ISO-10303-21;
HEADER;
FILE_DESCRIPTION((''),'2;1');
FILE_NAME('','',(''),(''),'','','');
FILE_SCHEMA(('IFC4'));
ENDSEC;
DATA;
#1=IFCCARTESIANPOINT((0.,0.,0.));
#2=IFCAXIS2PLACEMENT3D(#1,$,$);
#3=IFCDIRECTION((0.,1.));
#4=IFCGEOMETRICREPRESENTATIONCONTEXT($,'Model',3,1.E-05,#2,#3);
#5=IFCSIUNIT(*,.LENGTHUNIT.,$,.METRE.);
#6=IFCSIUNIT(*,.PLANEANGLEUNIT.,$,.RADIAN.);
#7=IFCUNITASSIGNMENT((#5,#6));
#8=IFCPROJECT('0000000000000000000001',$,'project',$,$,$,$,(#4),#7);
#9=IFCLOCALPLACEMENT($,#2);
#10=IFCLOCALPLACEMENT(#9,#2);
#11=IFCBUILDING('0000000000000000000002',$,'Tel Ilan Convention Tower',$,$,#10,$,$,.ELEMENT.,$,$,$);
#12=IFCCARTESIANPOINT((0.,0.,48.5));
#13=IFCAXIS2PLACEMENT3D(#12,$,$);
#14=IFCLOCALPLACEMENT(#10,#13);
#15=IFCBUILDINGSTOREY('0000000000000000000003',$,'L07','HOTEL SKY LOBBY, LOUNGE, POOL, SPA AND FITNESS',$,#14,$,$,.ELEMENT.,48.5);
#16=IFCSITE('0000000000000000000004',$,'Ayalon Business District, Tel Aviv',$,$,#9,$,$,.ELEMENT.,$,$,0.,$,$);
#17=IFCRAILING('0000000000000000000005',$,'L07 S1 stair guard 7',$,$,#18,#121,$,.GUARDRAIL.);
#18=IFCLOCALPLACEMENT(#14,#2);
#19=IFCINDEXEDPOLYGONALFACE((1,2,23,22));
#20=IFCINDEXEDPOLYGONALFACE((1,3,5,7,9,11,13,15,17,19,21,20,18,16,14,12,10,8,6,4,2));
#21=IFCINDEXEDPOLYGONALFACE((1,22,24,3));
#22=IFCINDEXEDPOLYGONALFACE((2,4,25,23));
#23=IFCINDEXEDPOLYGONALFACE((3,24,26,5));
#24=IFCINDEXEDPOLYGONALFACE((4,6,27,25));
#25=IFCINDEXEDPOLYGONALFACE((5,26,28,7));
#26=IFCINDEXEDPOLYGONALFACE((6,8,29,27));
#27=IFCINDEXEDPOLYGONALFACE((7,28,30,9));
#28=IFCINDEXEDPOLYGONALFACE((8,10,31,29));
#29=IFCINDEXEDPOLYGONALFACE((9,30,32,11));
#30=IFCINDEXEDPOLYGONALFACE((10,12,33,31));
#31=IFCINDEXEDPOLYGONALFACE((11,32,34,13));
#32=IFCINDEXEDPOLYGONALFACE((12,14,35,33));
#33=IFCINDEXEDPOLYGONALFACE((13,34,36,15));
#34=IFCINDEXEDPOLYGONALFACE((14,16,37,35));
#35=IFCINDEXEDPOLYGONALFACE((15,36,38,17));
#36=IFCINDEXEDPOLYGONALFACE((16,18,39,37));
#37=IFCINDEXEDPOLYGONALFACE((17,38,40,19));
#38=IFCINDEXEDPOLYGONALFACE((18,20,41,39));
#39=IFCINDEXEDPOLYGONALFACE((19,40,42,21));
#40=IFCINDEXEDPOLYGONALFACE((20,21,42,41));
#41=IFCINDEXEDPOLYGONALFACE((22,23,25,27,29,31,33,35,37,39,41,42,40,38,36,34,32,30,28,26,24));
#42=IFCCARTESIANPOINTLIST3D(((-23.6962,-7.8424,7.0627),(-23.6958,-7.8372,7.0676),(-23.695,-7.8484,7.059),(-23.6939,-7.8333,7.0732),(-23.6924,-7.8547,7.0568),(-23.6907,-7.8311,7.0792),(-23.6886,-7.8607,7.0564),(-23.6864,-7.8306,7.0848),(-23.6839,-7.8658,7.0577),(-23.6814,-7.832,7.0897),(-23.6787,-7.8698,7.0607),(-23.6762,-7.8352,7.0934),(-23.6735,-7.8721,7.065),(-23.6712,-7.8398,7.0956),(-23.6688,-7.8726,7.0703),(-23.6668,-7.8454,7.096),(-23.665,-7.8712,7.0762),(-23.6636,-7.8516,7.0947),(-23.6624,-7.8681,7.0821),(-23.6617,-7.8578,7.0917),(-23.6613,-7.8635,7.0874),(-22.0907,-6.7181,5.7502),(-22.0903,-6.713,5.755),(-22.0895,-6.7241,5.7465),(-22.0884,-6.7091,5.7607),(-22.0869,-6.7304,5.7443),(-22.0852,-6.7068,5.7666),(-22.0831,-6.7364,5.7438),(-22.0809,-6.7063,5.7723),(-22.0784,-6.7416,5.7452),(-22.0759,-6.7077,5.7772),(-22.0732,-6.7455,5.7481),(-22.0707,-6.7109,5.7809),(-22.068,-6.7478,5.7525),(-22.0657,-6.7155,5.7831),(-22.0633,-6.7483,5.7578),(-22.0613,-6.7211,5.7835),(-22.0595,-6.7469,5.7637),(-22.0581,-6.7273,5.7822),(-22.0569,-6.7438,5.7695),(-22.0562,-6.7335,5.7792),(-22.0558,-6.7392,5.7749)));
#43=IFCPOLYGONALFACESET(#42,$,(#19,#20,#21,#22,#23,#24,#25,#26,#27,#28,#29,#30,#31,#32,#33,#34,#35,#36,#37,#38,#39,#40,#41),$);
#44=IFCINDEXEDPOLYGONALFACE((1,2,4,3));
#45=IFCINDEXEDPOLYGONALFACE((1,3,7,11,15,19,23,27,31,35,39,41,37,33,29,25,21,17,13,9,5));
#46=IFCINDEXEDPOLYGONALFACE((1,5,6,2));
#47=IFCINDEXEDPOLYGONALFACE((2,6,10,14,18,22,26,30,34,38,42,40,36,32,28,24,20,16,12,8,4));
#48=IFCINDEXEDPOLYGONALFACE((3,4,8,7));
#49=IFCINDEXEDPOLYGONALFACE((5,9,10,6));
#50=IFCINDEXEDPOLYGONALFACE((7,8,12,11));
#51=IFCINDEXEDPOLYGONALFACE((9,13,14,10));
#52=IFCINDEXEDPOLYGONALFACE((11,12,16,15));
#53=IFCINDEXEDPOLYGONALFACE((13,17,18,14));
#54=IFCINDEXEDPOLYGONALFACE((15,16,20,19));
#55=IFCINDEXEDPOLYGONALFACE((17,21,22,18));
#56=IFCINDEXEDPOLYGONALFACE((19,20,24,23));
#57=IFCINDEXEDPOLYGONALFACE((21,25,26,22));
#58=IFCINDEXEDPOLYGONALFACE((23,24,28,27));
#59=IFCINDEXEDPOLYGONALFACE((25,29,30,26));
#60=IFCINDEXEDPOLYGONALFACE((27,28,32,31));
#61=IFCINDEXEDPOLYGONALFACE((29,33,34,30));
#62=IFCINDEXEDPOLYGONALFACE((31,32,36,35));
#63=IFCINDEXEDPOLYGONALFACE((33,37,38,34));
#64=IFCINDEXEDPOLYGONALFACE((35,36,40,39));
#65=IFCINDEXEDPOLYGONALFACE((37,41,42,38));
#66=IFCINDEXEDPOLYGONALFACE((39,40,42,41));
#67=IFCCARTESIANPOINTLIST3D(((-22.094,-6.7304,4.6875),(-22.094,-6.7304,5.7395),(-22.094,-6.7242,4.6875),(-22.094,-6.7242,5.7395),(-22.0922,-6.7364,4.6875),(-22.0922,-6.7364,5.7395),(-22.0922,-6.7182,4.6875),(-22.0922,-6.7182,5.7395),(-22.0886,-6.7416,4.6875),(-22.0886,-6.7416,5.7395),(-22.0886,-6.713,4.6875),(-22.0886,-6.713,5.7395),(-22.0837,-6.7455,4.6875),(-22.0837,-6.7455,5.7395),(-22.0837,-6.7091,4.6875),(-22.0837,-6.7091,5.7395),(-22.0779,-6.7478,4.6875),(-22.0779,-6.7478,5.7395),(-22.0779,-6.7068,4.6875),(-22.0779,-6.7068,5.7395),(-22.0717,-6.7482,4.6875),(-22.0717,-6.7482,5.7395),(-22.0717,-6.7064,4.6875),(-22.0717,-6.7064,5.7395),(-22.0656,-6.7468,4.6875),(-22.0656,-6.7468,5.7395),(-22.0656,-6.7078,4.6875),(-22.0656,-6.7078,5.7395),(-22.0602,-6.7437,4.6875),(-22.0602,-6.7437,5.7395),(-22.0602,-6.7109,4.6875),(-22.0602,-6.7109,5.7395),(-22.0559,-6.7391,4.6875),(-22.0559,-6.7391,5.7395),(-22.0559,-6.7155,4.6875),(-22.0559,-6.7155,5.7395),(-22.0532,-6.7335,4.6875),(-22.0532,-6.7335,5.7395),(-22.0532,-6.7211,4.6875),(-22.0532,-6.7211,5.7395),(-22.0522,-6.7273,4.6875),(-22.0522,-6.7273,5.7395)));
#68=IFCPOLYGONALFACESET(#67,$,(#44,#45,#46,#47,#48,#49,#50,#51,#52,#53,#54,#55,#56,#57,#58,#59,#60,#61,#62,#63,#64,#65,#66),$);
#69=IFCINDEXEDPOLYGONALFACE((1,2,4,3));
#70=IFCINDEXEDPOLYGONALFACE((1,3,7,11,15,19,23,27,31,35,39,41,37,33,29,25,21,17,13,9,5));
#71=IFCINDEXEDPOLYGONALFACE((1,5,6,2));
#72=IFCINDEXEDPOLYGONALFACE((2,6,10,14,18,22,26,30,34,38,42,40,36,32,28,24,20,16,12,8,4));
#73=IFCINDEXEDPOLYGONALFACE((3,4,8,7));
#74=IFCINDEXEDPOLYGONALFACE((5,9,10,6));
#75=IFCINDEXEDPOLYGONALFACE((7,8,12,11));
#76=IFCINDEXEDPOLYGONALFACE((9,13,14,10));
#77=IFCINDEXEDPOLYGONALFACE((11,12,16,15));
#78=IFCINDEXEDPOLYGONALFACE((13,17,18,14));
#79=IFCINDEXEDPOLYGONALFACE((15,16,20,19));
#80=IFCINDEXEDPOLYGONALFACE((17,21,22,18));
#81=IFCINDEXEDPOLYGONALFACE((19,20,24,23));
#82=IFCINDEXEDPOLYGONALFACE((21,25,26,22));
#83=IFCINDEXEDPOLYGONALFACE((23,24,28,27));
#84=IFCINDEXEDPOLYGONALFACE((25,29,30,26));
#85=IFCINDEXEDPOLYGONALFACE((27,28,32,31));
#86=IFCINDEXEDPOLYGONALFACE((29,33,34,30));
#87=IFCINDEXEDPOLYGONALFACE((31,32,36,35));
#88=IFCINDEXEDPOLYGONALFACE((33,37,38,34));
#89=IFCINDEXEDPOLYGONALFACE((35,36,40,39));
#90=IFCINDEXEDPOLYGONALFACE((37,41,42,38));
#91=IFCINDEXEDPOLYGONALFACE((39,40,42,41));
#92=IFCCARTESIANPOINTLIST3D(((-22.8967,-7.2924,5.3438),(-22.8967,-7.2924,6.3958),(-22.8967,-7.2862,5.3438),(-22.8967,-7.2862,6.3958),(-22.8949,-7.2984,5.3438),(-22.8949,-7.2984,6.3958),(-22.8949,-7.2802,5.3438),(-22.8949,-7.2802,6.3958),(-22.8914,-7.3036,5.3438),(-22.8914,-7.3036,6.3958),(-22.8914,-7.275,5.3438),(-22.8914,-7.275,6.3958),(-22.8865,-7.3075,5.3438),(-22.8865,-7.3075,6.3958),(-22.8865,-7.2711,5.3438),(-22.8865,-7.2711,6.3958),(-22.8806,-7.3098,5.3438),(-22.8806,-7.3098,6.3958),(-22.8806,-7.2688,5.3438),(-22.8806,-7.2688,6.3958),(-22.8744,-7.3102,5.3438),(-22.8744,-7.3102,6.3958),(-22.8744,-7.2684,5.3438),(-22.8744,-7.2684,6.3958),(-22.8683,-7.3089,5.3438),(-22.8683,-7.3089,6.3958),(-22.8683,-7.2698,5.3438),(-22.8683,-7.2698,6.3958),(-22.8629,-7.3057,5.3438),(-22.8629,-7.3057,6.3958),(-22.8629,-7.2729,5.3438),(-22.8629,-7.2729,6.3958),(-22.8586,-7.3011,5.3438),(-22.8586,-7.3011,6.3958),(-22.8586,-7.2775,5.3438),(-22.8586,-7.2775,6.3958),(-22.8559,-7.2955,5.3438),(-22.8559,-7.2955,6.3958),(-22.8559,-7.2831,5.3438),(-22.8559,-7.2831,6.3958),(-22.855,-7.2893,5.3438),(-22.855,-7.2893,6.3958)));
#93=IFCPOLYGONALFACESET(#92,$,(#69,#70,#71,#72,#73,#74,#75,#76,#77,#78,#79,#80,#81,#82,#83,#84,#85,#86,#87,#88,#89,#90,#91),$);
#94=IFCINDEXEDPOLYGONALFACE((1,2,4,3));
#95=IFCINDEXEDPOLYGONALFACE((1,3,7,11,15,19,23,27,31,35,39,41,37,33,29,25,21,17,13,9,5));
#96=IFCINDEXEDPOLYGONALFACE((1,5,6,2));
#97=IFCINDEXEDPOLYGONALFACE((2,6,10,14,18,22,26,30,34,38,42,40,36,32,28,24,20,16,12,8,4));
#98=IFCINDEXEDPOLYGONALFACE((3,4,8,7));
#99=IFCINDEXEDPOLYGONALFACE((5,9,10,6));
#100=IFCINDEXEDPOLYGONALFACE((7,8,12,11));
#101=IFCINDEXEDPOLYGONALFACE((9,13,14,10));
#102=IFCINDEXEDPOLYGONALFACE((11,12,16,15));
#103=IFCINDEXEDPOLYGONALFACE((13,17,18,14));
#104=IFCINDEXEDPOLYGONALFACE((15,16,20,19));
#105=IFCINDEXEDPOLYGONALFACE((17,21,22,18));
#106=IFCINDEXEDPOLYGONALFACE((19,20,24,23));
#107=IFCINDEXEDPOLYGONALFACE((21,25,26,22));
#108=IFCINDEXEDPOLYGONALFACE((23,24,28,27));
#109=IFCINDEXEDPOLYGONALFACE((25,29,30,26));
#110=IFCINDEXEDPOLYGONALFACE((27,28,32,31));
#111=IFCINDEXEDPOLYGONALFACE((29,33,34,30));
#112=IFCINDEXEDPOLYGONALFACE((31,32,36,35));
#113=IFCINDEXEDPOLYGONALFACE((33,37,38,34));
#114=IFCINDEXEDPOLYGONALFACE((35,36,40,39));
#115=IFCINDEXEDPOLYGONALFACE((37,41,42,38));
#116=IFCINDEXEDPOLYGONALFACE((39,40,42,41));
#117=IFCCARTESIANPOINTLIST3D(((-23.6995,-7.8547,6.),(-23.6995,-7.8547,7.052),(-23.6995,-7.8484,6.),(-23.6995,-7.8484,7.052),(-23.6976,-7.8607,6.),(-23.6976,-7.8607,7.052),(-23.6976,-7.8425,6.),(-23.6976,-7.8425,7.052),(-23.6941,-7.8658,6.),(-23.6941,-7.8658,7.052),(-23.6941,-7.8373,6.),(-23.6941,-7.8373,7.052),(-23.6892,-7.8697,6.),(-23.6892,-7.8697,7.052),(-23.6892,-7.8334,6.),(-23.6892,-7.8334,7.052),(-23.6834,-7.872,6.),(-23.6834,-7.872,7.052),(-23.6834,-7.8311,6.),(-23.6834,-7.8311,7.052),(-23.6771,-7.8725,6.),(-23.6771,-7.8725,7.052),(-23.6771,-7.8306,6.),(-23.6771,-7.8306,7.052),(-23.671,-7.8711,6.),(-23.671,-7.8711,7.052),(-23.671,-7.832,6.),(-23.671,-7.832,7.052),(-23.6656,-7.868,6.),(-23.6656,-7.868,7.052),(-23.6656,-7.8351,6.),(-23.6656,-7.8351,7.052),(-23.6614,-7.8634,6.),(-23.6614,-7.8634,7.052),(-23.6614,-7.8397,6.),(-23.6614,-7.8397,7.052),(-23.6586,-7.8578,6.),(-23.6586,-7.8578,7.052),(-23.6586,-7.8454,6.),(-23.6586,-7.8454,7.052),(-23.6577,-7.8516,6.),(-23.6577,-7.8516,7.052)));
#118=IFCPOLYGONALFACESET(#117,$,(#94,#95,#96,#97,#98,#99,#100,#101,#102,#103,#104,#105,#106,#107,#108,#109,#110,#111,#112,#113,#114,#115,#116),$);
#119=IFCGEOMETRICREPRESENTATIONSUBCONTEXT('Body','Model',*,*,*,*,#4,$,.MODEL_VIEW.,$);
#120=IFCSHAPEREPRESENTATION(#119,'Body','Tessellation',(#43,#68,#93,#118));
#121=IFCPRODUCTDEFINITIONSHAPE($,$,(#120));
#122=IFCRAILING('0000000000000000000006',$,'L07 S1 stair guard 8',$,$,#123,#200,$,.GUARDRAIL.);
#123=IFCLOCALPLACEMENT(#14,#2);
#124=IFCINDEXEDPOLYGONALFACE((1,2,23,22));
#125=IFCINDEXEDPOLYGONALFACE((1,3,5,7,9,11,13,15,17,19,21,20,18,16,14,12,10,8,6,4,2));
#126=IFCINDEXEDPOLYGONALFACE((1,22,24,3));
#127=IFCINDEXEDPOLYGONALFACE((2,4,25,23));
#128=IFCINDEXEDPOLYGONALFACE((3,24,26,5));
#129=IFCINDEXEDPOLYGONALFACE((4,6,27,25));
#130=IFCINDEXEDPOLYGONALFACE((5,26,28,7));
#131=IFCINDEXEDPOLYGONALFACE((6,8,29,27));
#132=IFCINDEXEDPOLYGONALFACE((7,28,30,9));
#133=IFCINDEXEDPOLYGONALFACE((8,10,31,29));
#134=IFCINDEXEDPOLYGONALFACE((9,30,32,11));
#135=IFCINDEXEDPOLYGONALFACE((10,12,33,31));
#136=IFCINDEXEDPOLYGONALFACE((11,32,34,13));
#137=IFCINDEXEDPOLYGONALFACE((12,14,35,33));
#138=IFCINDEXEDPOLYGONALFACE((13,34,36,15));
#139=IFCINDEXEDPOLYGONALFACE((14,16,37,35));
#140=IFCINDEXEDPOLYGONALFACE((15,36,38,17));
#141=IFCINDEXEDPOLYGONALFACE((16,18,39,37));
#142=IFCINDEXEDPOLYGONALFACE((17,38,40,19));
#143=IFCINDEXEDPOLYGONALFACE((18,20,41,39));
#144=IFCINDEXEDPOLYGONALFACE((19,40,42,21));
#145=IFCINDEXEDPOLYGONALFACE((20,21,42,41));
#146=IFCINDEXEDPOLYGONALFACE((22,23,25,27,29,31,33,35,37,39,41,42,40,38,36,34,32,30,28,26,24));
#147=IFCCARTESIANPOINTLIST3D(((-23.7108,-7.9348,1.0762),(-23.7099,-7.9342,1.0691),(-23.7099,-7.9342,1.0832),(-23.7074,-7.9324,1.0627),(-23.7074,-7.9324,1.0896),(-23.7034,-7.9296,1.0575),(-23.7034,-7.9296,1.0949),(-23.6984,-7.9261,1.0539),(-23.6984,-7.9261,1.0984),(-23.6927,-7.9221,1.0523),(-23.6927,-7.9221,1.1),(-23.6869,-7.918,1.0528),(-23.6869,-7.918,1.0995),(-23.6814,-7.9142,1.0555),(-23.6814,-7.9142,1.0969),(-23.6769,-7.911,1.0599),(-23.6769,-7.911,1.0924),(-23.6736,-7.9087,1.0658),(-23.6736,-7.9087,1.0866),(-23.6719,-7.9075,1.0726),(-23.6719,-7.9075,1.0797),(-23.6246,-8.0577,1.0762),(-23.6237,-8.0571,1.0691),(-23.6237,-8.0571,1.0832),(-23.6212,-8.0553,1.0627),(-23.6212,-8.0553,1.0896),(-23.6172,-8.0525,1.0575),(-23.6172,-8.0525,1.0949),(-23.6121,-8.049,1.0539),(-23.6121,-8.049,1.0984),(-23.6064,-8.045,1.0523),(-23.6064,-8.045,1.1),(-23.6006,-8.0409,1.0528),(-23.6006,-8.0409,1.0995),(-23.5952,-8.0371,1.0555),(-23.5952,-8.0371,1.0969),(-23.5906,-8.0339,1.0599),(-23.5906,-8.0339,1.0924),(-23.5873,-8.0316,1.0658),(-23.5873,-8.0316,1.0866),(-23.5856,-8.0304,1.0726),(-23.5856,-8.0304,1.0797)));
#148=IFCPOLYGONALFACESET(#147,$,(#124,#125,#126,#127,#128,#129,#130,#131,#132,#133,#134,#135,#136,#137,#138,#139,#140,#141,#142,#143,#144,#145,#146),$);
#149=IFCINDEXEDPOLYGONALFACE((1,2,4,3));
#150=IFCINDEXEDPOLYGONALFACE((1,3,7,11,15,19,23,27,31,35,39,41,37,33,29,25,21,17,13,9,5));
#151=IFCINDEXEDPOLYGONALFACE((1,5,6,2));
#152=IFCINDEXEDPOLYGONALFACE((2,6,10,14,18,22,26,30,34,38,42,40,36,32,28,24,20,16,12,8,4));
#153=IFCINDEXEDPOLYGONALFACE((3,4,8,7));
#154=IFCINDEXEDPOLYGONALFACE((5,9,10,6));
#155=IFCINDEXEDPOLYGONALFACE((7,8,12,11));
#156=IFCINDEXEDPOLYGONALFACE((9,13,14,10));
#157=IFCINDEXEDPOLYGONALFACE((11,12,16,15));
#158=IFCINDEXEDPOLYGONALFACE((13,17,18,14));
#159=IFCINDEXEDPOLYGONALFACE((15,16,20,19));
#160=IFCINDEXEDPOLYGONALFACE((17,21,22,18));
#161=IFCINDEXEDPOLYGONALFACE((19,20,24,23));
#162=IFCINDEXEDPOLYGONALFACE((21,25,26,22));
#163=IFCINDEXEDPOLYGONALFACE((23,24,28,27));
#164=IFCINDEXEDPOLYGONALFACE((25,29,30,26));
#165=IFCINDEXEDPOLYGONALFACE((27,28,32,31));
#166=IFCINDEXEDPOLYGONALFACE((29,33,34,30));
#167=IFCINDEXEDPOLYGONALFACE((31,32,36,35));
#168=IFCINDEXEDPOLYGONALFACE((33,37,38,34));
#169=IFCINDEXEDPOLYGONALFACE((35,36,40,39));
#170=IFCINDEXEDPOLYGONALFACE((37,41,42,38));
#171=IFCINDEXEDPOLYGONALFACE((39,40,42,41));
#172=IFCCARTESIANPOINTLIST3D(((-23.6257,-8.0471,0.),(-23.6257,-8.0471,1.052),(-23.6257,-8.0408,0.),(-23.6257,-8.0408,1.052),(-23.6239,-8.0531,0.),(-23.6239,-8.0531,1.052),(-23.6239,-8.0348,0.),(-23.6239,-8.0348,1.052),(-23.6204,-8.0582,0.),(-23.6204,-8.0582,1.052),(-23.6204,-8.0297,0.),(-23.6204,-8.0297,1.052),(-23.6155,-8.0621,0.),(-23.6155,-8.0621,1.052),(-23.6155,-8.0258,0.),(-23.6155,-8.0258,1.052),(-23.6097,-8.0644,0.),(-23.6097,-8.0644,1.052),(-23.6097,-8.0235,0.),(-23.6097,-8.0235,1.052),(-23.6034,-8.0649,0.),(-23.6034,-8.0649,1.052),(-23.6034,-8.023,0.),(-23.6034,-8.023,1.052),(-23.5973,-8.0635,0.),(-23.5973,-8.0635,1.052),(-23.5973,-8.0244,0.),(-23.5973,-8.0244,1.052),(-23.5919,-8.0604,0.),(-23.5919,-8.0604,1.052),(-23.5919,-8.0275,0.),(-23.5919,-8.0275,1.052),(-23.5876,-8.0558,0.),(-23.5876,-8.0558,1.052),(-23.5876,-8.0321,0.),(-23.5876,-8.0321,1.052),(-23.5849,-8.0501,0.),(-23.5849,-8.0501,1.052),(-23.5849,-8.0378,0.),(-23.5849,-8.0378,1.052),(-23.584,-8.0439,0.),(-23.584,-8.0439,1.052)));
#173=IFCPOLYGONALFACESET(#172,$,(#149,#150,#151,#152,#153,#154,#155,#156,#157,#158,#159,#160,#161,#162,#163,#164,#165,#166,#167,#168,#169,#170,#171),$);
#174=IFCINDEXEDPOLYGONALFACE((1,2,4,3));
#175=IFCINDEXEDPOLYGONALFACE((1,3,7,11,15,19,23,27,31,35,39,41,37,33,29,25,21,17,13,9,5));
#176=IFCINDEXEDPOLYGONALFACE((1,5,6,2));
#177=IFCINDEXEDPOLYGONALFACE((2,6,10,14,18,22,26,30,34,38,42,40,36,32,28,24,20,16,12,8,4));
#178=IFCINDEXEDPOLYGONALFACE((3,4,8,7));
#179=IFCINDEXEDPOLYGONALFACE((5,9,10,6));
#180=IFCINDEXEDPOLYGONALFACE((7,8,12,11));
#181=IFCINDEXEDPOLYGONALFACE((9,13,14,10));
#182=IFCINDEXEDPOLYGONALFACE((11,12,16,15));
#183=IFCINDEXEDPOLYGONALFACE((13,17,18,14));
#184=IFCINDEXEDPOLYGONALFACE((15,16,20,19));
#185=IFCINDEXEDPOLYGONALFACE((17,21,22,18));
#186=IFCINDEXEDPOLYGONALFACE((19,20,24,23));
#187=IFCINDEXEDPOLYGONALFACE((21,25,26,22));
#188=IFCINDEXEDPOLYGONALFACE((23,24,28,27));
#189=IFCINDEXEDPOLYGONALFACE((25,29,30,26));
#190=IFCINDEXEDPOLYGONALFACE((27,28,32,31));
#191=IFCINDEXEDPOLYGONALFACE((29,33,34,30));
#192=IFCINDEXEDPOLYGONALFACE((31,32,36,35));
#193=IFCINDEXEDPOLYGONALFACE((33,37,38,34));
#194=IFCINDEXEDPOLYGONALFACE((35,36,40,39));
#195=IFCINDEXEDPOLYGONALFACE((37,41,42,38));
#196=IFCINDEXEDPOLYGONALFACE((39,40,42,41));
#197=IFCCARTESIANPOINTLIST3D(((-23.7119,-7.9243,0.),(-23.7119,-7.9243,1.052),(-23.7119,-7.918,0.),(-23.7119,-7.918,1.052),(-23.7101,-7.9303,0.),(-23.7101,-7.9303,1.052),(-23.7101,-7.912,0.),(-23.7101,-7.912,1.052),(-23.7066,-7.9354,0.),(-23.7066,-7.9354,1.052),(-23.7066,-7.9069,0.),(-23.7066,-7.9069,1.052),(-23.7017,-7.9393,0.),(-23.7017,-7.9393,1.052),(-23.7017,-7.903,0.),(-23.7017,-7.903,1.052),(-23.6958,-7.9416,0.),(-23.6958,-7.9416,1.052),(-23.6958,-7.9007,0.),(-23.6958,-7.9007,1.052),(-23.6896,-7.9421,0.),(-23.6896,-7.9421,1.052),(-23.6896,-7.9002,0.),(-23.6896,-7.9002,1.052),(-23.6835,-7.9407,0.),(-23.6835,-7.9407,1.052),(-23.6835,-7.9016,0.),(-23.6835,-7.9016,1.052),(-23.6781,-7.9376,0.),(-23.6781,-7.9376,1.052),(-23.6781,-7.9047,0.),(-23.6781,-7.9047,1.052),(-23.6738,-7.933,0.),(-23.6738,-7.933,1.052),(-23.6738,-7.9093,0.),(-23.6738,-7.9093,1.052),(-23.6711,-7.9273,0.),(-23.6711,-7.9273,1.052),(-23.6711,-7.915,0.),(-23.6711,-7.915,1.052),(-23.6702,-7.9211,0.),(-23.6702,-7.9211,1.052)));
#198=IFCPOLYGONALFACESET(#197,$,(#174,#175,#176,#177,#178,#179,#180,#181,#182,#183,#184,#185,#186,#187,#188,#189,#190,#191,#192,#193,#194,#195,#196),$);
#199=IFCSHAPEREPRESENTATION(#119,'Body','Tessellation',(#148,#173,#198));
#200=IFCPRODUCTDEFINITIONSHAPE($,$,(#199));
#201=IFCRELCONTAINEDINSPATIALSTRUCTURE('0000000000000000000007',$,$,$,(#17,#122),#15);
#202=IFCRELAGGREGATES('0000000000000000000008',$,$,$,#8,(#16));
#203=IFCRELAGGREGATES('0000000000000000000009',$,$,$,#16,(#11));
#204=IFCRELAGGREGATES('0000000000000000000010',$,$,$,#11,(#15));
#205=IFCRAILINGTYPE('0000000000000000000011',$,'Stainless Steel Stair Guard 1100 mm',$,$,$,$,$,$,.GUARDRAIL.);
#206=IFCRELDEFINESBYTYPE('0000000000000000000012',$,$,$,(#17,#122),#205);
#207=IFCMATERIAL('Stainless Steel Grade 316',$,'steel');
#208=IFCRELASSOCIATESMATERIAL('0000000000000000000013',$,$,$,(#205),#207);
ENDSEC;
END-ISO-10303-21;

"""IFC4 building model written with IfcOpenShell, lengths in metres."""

from ifc_helpers import new_model, si_unit, direction, frame, origin, origin_2d, place, context, subcontext, project, spatial, circle, extrude, material, type_object, element, save


model = new_model("IFC4")

# Units and contexts
model_context = context("Model", 3, precision=1e-05, world=origin(), true_north=direction((0.0, 1.0)))
body_context = subcontext(model_context, "Body", "Model", "MODEL_VIEW")
ifc_project = project(units=[si_unit("LENGTHUNIT", "METRE"), si_unit("PLANEANGLEUNIT", "RADIAN")], contexts=[model_context])

# Site, building, storey
site_placement = place(None, origin())
site = spatial("IfcSite", under=ifc_project, at=site_placement, Name="Ayalon Business District, Tel Aviv", CompositionType="ELEMENT", RefElevation=0.0)
building_placement = place(site_placement, origin())
building = spatial("IfcBuilding", under=site, at=building_placement, Name="Tel Ilan Convention Tower", CompositionType="ELEMENT")
storey_placement = place(building_placement, frame((0.0, 0.0, 48.5)))
storey = spatial("IfcBuildingStorey", under=building, at=storey_placement, Name="L07", Description="HOTEL SKY LOBBY, LOUNGE, POOL, SPA AND FITNESS", CompositionType="ELEMENT", Elevation=48.5)

# Railings
ifc_material_1 = material(Name="Stainless Steel Grade 316", Category="steel")
railing_type_1 = type_object("IfcRailingType", Name="Stainless Steel Stair Guard 1100 mm", PredefinedType="GUARDRAIL", material=ifc_material_1)
railing_1_placement = place(storey_placement, frame((-22.0732, -6.7273, 4.6875)))
element("IfcRailing", 1, at=railing_1_placement, inside=storey, type_object=railing_type_1, Name="L07 S1 stair guard 7", PredefinedType="GUARDRAIL", context=body_context, shape_type="SweptSolid", body=[
    extrude(circle(Radius=0.0239, at=origin_2d()), frame((0.0, 0.0, 1.0762), z_axis=(-0.680616, -0.476617, 0.556416), x_axis=(0.573613, -0.819127, 0.0)), (0.0, 0.0, 1.0), 2.3589),
    extrude(circle(Radius=0.021, at=origin_2d()), origin(), (0.0, 0.0, 1.0), 1.052),
    extrude(circle(Radius=0.021, at=origin_2d()), frame((-0.8027, -0.562, 0.6562)), (0.0, 0.0, 1.0), 1.052),
    extrude(circle(Radius=0.021, at=origin_2d()), frame((-1.6055, -1.1243, 1.3125)), (0.0, 0.0, 1.0), 1.052),
])
railing_2_placement = place(storey_placement, frame((-23.605, -8.0439, 0.0)))
element("IfcRailing", 2, at=railing_2_placement, inside=storey, type_object=railing_type_1, Name="L07 S1 stair guard 8", PredefinedType="GUARDRAIL", context=body_context, shape_type="SweptSolid", body=[
    extrude(circle(Radius=0.0239, at=origin_2d()), frame((0.0, 0.0, 1.0762), z_axis=(-0.574445, 0.818543, 0.0), x_axis=(-0.818543, -0.574445, 0.0)), (0.0, 0.0, 1.0), 0.1501),
    extrude(circle(Radius=0.021, at=origin_2d()), origin(), (0.0, 0.0, 1.0), 1.052),
    extrude(circle(Radius=0.021, at=origin_2d()), frame((-0.0862, 0.1228, 0.0)), (0.0, 0.0, 1.0), 1.052),
])

save(model, "model.ifc")
